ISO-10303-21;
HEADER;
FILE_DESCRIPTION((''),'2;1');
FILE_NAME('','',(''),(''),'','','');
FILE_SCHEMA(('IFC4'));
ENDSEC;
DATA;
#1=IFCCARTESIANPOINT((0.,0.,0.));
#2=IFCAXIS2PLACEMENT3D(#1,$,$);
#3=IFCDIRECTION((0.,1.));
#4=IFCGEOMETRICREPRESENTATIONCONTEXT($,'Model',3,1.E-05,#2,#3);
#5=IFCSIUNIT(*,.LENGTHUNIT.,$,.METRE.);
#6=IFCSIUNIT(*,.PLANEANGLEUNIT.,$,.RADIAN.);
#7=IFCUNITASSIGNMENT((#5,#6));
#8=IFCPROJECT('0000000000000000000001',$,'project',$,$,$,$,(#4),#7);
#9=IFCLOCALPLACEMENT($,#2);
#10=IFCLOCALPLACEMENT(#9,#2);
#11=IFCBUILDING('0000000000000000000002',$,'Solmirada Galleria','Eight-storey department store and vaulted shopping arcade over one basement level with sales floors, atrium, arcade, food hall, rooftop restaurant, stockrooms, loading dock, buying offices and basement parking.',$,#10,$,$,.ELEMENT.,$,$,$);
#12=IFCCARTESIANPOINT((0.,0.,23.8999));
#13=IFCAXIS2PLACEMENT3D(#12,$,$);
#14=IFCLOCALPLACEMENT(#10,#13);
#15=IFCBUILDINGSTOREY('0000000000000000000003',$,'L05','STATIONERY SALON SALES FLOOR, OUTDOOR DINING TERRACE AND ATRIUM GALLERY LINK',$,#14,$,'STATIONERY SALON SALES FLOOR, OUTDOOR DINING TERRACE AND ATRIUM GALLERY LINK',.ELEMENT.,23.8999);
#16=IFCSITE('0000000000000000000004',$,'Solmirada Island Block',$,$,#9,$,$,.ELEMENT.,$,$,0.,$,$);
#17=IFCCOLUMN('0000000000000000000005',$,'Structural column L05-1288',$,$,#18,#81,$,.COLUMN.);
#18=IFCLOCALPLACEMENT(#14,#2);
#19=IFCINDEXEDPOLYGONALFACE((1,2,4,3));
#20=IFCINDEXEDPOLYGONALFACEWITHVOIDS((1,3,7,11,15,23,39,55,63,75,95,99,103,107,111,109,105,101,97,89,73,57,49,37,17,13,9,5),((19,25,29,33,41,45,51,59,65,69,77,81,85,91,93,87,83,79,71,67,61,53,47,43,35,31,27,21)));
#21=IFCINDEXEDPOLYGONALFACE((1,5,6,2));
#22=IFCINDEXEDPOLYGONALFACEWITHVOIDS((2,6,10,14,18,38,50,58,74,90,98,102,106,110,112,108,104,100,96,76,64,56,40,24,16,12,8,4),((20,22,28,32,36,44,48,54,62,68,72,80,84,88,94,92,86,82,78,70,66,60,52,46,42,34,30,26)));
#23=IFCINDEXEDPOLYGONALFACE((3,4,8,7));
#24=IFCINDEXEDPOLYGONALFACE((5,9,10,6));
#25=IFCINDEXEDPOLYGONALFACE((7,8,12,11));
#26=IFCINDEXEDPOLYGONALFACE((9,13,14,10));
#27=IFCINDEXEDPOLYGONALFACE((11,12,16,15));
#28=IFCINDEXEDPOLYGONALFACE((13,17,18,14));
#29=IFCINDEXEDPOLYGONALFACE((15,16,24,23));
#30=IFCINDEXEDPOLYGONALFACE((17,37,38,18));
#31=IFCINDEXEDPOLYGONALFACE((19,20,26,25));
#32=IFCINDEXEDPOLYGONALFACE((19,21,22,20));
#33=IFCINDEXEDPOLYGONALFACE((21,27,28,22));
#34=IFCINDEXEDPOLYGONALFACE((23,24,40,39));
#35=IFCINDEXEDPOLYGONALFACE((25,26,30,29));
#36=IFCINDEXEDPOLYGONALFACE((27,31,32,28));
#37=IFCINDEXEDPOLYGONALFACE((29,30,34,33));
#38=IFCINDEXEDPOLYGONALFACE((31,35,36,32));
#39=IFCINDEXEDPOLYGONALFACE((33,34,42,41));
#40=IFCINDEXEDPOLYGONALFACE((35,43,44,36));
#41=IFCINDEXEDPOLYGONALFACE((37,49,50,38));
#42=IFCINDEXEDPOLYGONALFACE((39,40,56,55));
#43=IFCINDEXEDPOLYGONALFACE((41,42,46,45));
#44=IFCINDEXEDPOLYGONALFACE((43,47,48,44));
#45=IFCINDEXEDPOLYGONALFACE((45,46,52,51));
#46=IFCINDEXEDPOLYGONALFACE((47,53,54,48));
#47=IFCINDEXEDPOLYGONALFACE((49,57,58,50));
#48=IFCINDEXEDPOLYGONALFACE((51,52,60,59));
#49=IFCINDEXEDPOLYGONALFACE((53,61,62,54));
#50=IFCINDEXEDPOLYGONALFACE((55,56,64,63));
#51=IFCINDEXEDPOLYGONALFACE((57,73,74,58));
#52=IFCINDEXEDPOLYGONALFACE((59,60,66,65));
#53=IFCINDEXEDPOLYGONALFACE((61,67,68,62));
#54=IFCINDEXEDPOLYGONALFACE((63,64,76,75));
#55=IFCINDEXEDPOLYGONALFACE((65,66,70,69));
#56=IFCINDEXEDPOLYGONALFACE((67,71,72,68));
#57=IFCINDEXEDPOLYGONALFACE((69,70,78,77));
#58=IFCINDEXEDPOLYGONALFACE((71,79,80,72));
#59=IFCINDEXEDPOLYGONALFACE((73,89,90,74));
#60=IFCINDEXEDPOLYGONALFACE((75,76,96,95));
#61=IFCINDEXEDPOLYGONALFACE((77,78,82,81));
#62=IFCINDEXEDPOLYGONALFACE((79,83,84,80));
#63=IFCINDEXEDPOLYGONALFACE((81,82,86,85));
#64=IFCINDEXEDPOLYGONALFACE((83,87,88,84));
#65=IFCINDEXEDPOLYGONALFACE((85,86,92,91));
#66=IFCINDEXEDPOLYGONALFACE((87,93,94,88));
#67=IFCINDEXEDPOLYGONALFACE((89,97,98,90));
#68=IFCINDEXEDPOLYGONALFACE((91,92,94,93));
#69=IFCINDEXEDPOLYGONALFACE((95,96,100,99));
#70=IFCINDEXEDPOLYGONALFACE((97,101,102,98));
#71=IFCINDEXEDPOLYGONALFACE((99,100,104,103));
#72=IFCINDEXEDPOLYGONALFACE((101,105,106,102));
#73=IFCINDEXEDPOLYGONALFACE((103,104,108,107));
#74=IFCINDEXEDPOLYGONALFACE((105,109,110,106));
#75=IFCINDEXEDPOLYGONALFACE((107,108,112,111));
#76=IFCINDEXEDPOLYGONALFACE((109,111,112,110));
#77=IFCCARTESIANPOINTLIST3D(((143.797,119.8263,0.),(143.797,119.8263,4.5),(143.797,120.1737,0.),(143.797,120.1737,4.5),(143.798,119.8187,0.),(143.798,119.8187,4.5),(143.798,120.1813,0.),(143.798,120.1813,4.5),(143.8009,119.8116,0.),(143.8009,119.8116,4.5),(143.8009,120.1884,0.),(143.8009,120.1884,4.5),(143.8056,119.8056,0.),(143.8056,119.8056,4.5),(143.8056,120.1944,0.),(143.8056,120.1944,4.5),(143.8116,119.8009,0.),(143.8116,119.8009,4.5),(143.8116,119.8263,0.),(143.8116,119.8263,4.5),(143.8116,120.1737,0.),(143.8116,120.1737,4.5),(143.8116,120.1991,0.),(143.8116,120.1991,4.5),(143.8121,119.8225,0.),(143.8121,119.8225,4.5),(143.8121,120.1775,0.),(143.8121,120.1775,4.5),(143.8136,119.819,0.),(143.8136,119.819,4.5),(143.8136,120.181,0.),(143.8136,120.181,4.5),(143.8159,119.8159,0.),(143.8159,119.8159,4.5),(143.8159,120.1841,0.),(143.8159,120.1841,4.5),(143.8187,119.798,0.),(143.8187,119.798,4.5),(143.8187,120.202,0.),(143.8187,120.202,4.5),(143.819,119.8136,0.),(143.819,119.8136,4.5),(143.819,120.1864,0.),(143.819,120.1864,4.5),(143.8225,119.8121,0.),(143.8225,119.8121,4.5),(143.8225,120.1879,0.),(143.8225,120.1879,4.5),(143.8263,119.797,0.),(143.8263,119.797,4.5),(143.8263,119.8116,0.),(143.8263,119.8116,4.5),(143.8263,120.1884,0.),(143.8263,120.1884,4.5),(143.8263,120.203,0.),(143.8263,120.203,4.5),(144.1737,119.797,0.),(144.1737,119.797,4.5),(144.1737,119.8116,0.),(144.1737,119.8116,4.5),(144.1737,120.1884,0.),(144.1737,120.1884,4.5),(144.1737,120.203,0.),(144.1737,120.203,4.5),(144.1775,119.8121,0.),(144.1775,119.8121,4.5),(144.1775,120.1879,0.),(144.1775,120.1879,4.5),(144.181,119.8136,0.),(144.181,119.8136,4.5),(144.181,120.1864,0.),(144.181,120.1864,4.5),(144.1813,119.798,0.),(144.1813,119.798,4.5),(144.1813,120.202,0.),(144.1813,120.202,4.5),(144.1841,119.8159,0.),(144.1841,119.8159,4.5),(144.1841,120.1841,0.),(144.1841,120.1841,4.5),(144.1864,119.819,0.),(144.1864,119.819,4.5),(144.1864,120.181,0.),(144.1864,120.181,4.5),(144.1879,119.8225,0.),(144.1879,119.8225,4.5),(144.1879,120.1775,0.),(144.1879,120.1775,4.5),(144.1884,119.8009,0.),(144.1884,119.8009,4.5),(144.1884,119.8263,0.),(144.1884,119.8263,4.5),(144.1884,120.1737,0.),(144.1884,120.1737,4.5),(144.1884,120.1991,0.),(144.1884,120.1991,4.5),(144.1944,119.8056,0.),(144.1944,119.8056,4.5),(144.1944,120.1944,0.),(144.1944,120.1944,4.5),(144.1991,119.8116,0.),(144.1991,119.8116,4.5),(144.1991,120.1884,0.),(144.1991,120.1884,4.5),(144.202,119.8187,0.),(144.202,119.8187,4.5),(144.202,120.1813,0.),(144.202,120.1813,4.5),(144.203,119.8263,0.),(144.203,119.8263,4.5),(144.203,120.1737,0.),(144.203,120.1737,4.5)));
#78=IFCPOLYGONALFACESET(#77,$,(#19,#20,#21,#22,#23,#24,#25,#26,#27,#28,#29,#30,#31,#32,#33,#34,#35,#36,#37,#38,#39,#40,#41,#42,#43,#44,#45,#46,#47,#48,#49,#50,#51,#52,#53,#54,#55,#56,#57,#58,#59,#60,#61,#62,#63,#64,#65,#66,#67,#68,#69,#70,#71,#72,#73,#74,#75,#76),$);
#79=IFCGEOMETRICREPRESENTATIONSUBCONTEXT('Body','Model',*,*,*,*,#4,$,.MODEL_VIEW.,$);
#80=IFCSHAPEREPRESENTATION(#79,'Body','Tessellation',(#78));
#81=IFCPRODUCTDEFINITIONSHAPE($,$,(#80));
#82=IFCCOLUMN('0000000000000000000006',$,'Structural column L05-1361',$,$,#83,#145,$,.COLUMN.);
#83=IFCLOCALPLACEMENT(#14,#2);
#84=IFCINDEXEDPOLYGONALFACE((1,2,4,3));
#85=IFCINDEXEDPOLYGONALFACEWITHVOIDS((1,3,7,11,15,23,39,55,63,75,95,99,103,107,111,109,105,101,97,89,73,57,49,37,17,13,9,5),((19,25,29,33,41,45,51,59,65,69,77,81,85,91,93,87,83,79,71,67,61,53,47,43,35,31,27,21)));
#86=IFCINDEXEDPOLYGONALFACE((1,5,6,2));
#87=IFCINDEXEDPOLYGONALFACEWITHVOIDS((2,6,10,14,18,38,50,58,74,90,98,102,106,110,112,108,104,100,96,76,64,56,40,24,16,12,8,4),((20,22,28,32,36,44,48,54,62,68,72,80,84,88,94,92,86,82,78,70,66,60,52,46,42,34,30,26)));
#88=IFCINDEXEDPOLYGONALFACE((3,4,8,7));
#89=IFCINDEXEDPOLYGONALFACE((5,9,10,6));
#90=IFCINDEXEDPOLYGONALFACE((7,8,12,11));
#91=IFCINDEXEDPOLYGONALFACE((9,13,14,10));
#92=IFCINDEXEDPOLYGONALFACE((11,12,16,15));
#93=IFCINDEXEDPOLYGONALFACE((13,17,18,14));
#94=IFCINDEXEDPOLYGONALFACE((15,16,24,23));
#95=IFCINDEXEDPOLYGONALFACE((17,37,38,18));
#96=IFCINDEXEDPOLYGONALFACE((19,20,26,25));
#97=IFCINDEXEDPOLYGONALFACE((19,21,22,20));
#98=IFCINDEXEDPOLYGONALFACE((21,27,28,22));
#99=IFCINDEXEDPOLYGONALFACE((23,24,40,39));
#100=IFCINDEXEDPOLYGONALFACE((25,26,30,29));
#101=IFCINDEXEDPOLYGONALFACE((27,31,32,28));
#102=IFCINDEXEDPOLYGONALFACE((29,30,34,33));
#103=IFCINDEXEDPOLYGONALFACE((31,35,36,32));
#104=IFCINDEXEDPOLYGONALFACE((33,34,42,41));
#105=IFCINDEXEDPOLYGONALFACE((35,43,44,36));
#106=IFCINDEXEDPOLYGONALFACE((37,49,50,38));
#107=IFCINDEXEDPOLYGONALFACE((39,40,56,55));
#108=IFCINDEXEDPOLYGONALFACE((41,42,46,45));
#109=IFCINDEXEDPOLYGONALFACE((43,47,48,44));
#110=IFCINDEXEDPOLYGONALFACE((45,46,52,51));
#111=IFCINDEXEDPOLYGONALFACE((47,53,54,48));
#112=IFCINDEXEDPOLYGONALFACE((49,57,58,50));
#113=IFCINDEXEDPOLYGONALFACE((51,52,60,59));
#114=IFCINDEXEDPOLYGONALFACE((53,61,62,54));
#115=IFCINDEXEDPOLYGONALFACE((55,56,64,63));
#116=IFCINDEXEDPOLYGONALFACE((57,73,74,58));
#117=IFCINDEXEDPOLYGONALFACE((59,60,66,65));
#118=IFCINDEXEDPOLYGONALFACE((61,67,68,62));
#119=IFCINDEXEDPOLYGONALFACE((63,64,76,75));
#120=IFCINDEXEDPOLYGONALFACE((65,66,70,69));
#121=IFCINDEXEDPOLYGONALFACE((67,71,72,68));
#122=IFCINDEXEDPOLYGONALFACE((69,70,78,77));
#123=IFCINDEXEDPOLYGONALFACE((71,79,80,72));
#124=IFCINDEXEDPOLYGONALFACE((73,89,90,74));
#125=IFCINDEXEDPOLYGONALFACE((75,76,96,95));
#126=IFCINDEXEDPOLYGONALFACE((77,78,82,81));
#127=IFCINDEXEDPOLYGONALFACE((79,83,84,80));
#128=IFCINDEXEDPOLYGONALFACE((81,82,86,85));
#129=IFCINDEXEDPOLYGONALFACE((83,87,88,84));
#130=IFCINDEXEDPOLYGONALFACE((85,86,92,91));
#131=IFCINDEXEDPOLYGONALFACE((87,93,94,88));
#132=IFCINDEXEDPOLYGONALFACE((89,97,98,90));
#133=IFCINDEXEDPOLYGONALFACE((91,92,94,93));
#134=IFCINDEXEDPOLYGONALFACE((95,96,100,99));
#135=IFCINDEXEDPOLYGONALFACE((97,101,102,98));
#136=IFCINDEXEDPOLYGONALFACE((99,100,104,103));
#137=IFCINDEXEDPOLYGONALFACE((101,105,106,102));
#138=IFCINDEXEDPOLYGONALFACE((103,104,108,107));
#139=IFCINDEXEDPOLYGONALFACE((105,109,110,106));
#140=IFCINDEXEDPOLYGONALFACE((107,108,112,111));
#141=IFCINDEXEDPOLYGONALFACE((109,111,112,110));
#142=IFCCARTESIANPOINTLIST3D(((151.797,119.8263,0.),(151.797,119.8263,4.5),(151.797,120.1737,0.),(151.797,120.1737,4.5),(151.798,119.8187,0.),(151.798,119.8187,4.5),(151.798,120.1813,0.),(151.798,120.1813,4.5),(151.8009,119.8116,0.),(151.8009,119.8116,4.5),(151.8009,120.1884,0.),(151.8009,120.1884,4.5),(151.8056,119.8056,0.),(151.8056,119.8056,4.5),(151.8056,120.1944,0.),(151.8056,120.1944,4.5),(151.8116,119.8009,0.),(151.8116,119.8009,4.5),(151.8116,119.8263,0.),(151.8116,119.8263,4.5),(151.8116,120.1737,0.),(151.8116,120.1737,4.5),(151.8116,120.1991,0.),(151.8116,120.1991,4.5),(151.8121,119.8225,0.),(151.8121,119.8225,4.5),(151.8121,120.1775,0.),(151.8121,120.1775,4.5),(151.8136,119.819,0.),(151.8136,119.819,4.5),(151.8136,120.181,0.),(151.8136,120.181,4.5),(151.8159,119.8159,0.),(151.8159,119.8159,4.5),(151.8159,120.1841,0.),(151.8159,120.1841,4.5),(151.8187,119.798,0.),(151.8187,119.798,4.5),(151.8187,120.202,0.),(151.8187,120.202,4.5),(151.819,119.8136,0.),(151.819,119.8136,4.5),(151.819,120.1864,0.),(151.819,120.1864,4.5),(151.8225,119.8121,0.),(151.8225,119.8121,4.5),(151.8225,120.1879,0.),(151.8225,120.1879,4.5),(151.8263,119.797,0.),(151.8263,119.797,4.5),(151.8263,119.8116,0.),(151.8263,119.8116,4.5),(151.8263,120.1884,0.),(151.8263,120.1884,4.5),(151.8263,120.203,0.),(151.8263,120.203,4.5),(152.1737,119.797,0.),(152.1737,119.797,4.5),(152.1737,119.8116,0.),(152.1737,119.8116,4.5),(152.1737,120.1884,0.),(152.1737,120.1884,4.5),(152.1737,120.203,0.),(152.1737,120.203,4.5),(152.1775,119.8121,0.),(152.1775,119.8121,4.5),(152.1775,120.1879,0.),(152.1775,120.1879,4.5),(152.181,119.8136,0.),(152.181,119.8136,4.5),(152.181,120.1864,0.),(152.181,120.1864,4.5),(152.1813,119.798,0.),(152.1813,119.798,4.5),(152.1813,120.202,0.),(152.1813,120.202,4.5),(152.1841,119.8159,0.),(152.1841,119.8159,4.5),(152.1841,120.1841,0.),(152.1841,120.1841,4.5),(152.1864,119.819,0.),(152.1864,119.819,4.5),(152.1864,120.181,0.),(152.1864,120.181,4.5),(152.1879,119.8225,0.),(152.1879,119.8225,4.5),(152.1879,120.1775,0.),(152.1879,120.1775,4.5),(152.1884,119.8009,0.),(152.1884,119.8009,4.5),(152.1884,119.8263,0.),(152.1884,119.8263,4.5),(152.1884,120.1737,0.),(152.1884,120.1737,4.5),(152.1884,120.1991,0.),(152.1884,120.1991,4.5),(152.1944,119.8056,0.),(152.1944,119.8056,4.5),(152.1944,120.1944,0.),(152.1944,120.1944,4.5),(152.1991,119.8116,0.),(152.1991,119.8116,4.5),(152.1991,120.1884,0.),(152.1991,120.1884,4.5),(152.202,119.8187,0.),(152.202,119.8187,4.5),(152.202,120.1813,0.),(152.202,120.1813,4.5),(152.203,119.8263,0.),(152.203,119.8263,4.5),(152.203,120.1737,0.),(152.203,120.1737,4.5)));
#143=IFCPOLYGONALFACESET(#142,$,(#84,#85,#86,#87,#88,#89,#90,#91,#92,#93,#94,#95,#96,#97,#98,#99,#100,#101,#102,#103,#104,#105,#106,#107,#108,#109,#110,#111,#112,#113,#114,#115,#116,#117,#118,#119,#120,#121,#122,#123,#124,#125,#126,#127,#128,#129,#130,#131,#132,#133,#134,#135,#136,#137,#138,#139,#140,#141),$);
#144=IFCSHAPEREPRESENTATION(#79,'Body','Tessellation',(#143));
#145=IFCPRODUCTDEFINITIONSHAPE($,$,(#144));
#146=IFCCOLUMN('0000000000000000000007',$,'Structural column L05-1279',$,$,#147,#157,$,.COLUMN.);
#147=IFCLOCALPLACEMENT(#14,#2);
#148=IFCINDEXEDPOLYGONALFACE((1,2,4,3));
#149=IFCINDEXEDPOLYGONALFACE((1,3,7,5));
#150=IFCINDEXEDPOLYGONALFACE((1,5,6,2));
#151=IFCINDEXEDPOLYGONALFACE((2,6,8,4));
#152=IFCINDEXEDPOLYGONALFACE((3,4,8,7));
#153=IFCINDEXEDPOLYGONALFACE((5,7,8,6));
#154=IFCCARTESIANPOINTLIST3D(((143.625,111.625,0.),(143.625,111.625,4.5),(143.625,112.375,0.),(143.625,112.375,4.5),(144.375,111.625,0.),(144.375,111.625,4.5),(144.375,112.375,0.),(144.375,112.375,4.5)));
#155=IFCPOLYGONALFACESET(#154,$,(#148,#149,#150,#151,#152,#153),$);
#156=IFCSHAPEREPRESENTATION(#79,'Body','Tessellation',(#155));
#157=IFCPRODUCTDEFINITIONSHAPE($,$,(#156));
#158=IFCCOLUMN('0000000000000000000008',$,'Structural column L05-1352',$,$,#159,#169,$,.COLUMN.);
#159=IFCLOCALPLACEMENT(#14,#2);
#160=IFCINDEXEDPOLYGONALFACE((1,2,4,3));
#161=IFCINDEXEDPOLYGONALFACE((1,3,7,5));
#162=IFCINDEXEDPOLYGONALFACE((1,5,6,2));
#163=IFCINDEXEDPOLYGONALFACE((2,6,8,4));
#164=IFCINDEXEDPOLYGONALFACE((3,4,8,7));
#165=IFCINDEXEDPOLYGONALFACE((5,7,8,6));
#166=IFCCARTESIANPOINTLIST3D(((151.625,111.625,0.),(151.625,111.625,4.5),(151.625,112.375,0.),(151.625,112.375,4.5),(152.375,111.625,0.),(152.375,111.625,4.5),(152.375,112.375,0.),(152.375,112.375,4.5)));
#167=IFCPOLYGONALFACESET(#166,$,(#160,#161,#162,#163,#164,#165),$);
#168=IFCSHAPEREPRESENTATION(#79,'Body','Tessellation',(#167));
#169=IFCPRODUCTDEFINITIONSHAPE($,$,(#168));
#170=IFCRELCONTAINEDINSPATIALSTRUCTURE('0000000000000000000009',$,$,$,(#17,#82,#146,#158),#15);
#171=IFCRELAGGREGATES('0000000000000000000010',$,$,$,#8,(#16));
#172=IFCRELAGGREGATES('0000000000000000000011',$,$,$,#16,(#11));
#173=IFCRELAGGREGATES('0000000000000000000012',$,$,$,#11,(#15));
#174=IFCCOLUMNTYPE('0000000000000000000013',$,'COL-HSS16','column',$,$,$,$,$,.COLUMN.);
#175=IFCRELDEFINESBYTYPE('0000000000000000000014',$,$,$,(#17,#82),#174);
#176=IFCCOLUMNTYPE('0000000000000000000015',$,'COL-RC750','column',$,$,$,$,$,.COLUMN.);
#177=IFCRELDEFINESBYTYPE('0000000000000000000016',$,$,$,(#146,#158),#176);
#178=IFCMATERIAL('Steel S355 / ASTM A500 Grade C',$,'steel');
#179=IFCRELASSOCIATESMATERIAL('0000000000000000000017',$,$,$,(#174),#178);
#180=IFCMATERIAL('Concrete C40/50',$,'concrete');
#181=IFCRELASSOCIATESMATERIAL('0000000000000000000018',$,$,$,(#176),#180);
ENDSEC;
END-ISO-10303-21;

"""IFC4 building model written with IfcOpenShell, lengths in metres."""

from ifc_helpers import new_model, si_unit, direction, frame, origin, origin_2d, place, context, subcontext, project, spatial, rectangle, hollow_rectangle, extrude, material, material_profile, profile_set, type_object, element, save


model = new_model("IFC4")

# Units and contexts
model_context = context("Model", 3, precision=1e-05, world=origin(), true_north=direction((0.0, 1.0)))
body_context = subcontext(model_context, "Body", "Model", "MODEL_VIEW")
ifc_project = project(units=[si_unit("LENGTHUNIT", "METRE"), si_unit("PLANEANGLEUNIT", "RADIAN")], contexts=[model_context])

# Site, building, storey
site_placement = place(None, origin())
site = spatial("IfcSite", under=ifc_project, at=site_placement, Name="Solmirada Island Block", CompositionType="ELEMENT", RefElevation=0.0)
building_placement = place(site_placement, origin())
building = spatial("IfcBuilding", under=site, at=building_placement, Name="Solmirada Galleria", Description="Eight-storey department store and vaulted shopping arcade over one basement level with sales floors, atrium, arcade, food hall, rooftop restaurant, stockrooms, loading dock, buying offices and basement parking.", CompositionType="ELEMENT")
storey_placement = place(building_placement, frame((0.0, 0.0, 23.8999)))
storey = spatial("IfcBuildingStorey", under=building, at=storey_placement, Name="L05", Description="STATIONERY SALON SALES FLOOR, OUTDOOR DINING TERRACE AND ATRIUM GALLERY LINK", LongName="STATIONERY SALON SALES FLOOR, OUTDOOR DINING TERRACE AND ATRIUM GALLERY LINK", CompositionType="ELEMENT", Elevation=23.8999)

# Columns
ifc_material_1 = material(Name="Steel S355 / ASTM A500 Grade C", Category="steel")
ifc_material_profile_1 = material_profile(ifc_material_1, hollow_rectangle(XDim=0.406, YDim=0.406, WallThickness=0.0146, InnerFilletRadius=0.0146, OuterFilletRadius=0.0293, at=origin_2d()), Name="HSS16X16X5/8")
ifc_profile_set_1 = profile_set([ifc_material_profile_1], Name="Steel S355 / ASTM A500 Grade C")
column_type_1 = type_object("IfcColumnType", Name="COL-HSS16", Description="column", PredefinedType="COLUMN", material=ifc_profile_set_1)
for number, where, z_axis, x_axis, name in (
    (1, (144.0, 120.0, 0.0), (0.0, 0.0, 1.0), (1.0, 0.0, 0.0), "Structural column L05-1288"),
    (2, (152.0, 120.0, 0.0), (0.0, 0.0, 1.0), (1.0, 0.0, 0.0), "Structural column L05-1361"),
):
    element("IfcColumn", number, at=place(storey_placement, frame(where, z_axis=z_axis, x_axis=x_axis)), inside=storey, type_object=column_type_1, Name=name, PredefinedType="COLUMN", context=body_context, shape_type="SweptSolid", body=[
        extrude(hollow_rectangle(XDim=0.406, YDim=0.406, WallThickness=0.0146, InnerFilletRadius=0.0146, OuterFilletRadius=0.0293, at=origin_2d()), origin(), (0.0, 0.0, 1.0), 4.5),
    ])
ifc_material_2 = material(Name="Concrete C40/50", Category="concrete")
ifc_material_profile_2 = material_profile(ifc_material_2, rectangle(XDim=0.75, YDim=0.75, at=origin_2d()), Name="RC750X750")
ifc_profile_set_2 = profile_set([ifc_material_profile_2], Name="Concrete C40/50")
column_type_2 = type_object("IfcColumnType", Name="COL-RC750", Description="column", PredefinedType="COLUMN", material=ifc_profile_set_2)
for number, where, z_axis, x_axis, name in (
    (3, (144.0, 112.0, 0.0), (0.0, 0.0, 1.0), (1.0, 0.0, 0.0), "Structural column L05-1279"),
    (4, (152.0, 112.0, 0.0), (0.0, 0.0, 1.0), (1.0, 0.0, 0.0), "Structural column L05-1352"),
):
    element("IfcColumn", number, at=place(storey_placement, frame(where, z_axis=z_axis, x_axis=x_axis)), inside=storey, type_object=column_type_2, Name=name, PredefinedType="COLUMN", context=body_context, shape_type="SweptSolid", body=[
        extrude(rectangle(XDim=0.75, YDim=0.75, at=origin_2d()), origin(), (0.0, 0.0, 1.0), 4.5),
    ])

save(model, "model.ifc")
